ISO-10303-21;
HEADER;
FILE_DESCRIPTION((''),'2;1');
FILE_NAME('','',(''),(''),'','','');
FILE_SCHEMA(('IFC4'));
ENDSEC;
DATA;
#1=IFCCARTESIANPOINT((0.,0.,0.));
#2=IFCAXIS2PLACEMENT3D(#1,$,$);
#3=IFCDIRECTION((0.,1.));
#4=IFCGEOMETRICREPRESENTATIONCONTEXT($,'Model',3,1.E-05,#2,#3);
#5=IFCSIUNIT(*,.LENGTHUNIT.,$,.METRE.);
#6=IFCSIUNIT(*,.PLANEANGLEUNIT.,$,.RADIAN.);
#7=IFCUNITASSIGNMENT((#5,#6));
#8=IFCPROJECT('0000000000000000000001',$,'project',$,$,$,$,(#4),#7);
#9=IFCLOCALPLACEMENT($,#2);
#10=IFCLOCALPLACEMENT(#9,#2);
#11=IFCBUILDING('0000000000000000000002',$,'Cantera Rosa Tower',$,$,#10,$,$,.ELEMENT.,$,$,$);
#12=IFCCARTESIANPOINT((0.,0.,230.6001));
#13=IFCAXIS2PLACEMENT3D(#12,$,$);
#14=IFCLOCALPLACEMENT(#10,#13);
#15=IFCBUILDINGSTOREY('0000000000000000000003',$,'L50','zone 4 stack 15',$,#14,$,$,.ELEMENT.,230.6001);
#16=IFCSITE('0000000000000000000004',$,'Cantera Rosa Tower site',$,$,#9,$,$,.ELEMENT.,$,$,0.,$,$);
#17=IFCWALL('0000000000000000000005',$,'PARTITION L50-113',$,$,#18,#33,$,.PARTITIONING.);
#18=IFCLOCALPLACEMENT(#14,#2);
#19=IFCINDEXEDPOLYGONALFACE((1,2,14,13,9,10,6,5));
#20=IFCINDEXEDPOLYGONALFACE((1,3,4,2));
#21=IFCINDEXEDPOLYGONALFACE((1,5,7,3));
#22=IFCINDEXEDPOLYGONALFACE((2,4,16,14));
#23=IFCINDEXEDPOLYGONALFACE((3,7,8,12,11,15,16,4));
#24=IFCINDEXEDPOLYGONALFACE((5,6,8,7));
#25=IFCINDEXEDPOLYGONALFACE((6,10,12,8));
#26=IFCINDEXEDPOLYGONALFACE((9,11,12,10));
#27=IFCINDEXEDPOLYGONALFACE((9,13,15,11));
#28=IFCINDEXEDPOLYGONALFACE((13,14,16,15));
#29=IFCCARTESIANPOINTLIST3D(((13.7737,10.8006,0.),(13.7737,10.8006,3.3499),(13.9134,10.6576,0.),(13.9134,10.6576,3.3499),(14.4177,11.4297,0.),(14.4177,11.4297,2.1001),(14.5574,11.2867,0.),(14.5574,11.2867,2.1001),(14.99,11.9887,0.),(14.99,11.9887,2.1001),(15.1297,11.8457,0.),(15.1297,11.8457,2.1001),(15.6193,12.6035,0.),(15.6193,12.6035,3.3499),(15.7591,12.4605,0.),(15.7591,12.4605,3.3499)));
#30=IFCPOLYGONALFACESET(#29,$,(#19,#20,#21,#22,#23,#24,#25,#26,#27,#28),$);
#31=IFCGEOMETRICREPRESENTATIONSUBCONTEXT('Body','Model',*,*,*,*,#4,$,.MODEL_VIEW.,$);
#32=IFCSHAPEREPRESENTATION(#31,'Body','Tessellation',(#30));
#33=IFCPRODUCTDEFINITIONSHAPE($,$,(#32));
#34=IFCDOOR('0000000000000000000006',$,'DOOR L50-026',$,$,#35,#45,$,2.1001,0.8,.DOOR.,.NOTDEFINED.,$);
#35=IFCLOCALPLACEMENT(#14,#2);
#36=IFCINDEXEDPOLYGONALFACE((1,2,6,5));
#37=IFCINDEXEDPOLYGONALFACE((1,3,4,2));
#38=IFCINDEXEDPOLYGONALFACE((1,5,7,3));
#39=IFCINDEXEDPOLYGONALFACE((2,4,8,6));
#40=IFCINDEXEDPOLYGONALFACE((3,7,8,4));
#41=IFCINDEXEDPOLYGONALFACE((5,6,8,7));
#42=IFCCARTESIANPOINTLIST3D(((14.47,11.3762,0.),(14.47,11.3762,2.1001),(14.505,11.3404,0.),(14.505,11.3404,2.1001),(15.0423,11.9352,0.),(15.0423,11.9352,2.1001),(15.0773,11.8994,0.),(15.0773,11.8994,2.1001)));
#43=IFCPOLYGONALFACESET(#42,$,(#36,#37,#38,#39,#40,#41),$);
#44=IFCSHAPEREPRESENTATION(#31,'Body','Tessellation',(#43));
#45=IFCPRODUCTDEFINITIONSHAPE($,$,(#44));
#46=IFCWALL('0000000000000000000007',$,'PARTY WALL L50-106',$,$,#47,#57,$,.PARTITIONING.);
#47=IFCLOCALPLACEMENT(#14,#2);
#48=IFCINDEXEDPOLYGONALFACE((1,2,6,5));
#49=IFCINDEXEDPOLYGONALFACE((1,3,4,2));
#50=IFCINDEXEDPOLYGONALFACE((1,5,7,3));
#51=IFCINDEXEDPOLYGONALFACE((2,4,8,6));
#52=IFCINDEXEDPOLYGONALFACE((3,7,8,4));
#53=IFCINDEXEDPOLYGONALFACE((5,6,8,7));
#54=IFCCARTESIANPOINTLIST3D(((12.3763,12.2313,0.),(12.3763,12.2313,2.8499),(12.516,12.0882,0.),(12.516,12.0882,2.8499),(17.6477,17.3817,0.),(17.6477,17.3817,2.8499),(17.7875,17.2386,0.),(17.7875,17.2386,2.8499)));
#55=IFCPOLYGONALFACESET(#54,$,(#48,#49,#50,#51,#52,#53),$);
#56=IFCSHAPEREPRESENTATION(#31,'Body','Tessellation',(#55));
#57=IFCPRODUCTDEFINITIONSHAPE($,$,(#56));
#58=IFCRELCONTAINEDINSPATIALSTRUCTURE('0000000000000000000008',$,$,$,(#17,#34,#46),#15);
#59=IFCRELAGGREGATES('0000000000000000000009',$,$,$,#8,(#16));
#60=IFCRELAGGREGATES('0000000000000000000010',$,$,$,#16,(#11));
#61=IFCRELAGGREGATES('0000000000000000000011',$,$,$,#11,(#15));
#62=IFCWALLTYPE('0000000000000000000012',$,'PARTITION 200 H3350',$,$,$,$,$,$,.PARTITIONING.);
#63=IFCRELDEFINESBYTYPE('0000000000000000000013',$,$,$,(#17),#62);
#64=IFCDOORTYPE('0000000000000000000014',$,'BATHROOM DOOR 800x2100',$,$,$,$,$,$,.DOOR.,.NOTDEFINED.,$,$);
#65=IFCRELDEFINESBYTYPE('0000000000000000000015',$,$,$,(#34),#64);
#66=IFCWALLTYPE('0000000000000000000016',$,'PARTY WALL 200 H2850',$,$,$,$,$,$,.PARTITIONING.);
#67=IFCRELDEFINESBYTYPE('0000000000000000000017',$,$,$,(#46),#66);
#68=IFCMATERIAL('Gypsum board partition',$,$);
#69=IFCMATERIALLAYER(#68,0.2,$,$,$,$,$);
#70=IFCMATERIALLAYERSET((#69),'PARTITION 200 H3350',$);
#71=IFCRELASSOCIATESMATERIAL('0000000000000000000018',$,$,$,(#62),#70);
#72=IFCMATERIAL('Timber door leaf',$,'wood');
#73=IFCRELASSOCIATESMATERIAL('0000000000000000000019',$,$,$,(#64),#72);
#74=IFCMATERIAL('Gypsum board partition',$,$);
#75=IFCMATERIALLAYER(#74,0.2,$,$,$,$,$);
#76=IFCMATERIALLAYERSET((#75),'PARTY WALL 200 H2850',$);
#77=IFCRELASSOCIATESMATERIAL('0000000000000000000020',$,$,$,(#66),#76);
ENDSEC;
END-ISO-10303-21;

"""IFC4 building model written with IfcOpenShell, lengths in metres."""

from ifc_helpers import new_model, si_unit, direction, frame, frame_2d, origin, place, context, subcontext, project, spatial, rectangle, extrude, material, layer, layer_set, type_object, element, fill, save


model = new_model("IFC4")

# Units and contexts
model_context = context("Model", 3, precision=1e-05, world=origin(), true_north=direction((0.0, 1.0)))
body_context = subcontext(model_context, "Body", "Model", "MODEL_VIEW")
ifc_project = project(units=[si_unit("LENGTHUNIT", "METRE"), si_unit("PLANEANGLEUNIT", "RADIAN")], contexts=[model_context])

# Site, building, storey
site_placement = place(None, origin())
site = spatial("IfcSite", under=ifc_project, at=site_placement, Name="Cantera Rosa Tower site", CompositionType="ELEMENT", RefElevation=0.0)
building_placement = place(site_placement, origin())
building = spatial("IfcBuilding", under=site, at=building_placement, Name="Cantera Rosa Tower", CompositionType="ELEMENT")
storey_placement = place(building_placement, frame((0.0, 0.0, 230.6001)))
storey = spatial("IfcBuildingStorey", under=building, at=storey_placement, Name="L50", Description="zone 4 stack 15", CompositionType="ELEMENT", Elevation=230.6001)

# Wall, opening, door
ifc_material_1 = material(Name="Gypsum board partition")
ifc_layer_1 = layer(ifc_material_1, 0.2)
ifc_layer_set_1 = layer_set([ifc_layer_1], Name="PARTITION 200 H3350")
wall_type_1 = type_object("IfcWallType", Name="PARTITION 200 H3350", PredefinedType="PARTITIONING", material=ifc_layer_set_1)
wall_1_placement = place(storey_placement, frame((15.6892, 12.532, 0.0), z_axis=(0.0, 0.0, 1.0), x_axis=(-0.715338, -0.698779, 0.0)))
wall_1 = element("IfcWall", 1, at=wall_1_placement, inside=storey, type_object=wall_type_1, Name="PARTITION L50-113", PredefinedType="PARTITIONING", context=body_context, shape_type="SweptSolid", body=[
    extrude(rectangle(XDim=2.5801, YDim=0.2, at=frame_2d((1.29, 0.0))), origin(), (0.0, 0.0, 1.0), 3.3499),
])
opening_1_placement = place(wall_1_placement, frame((0.8799, 0.0, 0.0)))
opening_1 = element("IfcOpeningElement", 2, at=opening_1_placement, cuts=wall_1, PredefinedType="OPENING", context=body_context, shape_type="SweptSolid", body=[
    extrude(rectangle(XDim=0.8, YDim=2.1001, at=frame_2d((0.3999, 1.05))), frame((0.0, 0.1099, 0.0), z_axis=(0.0, -1.0, 0.0), x_axis=(1.0, 0.0, 0.0)), (0.0, 0.0, 1.0), 0.22),
])
ifc_material_2 = material(Name="Timber door leaf", Category="wood")
door_type_1 = type_object("IfcDoorType", Name="BATHROOM DOOR 800x2100", OperationType="NOTDEFINED", PredefinedType="DOOR", material=ifc_material_2)
door_1_placement = place(opening_1_placement, origin())
door_1 = element("IfcDoor", 3, at=door_1_placement, inside=storey, type_object=door_type_1, Name="DOOR L50-026", OperationType="NOTDEFINED", OverallHeight=2.1001, OverallWidth=0.8, PredefinedType="DOOR", context=body_context, shape_type="SweptSolid", body=[
    extrude(rectangle(XDim=0.8, YDim=2.1001, at=frame_2d((0.3999, 1.05))), frame((0.0, 0.0249, 0.0), z_axis=(0.0, -1.0, 0.0), x_axis=(1.0, 0.0, 0.0)), (0.0, 0.0, 1.0), 0.05),
])
fill(opening_1, door_1)

# Wall
ifc_material_3 = material(Name="Gypsum board partition")
ifc_layer_2 = layer(ifc_material_3, 0.2)
ifc_layer_set_2 = layer_set([ifc_layer_2], Name="PARTY WALL 200 H2850")
wall_type_2 = type_object("IfcWallType", Name="PARTY WALL 200 H2850", PredefinedType="PARTITIONING", material=ifc_layer_set_2)
wall_2_placement = place(storey_placement, frame((12.446, 12.1597, 0.0), z_axis=(0.0, 0.0, 1.0), x_axis=(0.715275, 0.698844, 0.0)))
element("IfcWall", 4, at=wall_2_placement, inside=storey, type_object=wall_type_2, Name="PARTY WALL L50-106", PredefinedType="PARTITIONING", context=body_context, shape_type="SweptSolid", body=[
    extrude(rectangle(XDim=7.3699, YDim=0.2, at=frame_2d((3.6851, 0.0))), origin(), (0.0, 0.0, 1.0), 2.8499),
])

save(model, "model.ifc")
